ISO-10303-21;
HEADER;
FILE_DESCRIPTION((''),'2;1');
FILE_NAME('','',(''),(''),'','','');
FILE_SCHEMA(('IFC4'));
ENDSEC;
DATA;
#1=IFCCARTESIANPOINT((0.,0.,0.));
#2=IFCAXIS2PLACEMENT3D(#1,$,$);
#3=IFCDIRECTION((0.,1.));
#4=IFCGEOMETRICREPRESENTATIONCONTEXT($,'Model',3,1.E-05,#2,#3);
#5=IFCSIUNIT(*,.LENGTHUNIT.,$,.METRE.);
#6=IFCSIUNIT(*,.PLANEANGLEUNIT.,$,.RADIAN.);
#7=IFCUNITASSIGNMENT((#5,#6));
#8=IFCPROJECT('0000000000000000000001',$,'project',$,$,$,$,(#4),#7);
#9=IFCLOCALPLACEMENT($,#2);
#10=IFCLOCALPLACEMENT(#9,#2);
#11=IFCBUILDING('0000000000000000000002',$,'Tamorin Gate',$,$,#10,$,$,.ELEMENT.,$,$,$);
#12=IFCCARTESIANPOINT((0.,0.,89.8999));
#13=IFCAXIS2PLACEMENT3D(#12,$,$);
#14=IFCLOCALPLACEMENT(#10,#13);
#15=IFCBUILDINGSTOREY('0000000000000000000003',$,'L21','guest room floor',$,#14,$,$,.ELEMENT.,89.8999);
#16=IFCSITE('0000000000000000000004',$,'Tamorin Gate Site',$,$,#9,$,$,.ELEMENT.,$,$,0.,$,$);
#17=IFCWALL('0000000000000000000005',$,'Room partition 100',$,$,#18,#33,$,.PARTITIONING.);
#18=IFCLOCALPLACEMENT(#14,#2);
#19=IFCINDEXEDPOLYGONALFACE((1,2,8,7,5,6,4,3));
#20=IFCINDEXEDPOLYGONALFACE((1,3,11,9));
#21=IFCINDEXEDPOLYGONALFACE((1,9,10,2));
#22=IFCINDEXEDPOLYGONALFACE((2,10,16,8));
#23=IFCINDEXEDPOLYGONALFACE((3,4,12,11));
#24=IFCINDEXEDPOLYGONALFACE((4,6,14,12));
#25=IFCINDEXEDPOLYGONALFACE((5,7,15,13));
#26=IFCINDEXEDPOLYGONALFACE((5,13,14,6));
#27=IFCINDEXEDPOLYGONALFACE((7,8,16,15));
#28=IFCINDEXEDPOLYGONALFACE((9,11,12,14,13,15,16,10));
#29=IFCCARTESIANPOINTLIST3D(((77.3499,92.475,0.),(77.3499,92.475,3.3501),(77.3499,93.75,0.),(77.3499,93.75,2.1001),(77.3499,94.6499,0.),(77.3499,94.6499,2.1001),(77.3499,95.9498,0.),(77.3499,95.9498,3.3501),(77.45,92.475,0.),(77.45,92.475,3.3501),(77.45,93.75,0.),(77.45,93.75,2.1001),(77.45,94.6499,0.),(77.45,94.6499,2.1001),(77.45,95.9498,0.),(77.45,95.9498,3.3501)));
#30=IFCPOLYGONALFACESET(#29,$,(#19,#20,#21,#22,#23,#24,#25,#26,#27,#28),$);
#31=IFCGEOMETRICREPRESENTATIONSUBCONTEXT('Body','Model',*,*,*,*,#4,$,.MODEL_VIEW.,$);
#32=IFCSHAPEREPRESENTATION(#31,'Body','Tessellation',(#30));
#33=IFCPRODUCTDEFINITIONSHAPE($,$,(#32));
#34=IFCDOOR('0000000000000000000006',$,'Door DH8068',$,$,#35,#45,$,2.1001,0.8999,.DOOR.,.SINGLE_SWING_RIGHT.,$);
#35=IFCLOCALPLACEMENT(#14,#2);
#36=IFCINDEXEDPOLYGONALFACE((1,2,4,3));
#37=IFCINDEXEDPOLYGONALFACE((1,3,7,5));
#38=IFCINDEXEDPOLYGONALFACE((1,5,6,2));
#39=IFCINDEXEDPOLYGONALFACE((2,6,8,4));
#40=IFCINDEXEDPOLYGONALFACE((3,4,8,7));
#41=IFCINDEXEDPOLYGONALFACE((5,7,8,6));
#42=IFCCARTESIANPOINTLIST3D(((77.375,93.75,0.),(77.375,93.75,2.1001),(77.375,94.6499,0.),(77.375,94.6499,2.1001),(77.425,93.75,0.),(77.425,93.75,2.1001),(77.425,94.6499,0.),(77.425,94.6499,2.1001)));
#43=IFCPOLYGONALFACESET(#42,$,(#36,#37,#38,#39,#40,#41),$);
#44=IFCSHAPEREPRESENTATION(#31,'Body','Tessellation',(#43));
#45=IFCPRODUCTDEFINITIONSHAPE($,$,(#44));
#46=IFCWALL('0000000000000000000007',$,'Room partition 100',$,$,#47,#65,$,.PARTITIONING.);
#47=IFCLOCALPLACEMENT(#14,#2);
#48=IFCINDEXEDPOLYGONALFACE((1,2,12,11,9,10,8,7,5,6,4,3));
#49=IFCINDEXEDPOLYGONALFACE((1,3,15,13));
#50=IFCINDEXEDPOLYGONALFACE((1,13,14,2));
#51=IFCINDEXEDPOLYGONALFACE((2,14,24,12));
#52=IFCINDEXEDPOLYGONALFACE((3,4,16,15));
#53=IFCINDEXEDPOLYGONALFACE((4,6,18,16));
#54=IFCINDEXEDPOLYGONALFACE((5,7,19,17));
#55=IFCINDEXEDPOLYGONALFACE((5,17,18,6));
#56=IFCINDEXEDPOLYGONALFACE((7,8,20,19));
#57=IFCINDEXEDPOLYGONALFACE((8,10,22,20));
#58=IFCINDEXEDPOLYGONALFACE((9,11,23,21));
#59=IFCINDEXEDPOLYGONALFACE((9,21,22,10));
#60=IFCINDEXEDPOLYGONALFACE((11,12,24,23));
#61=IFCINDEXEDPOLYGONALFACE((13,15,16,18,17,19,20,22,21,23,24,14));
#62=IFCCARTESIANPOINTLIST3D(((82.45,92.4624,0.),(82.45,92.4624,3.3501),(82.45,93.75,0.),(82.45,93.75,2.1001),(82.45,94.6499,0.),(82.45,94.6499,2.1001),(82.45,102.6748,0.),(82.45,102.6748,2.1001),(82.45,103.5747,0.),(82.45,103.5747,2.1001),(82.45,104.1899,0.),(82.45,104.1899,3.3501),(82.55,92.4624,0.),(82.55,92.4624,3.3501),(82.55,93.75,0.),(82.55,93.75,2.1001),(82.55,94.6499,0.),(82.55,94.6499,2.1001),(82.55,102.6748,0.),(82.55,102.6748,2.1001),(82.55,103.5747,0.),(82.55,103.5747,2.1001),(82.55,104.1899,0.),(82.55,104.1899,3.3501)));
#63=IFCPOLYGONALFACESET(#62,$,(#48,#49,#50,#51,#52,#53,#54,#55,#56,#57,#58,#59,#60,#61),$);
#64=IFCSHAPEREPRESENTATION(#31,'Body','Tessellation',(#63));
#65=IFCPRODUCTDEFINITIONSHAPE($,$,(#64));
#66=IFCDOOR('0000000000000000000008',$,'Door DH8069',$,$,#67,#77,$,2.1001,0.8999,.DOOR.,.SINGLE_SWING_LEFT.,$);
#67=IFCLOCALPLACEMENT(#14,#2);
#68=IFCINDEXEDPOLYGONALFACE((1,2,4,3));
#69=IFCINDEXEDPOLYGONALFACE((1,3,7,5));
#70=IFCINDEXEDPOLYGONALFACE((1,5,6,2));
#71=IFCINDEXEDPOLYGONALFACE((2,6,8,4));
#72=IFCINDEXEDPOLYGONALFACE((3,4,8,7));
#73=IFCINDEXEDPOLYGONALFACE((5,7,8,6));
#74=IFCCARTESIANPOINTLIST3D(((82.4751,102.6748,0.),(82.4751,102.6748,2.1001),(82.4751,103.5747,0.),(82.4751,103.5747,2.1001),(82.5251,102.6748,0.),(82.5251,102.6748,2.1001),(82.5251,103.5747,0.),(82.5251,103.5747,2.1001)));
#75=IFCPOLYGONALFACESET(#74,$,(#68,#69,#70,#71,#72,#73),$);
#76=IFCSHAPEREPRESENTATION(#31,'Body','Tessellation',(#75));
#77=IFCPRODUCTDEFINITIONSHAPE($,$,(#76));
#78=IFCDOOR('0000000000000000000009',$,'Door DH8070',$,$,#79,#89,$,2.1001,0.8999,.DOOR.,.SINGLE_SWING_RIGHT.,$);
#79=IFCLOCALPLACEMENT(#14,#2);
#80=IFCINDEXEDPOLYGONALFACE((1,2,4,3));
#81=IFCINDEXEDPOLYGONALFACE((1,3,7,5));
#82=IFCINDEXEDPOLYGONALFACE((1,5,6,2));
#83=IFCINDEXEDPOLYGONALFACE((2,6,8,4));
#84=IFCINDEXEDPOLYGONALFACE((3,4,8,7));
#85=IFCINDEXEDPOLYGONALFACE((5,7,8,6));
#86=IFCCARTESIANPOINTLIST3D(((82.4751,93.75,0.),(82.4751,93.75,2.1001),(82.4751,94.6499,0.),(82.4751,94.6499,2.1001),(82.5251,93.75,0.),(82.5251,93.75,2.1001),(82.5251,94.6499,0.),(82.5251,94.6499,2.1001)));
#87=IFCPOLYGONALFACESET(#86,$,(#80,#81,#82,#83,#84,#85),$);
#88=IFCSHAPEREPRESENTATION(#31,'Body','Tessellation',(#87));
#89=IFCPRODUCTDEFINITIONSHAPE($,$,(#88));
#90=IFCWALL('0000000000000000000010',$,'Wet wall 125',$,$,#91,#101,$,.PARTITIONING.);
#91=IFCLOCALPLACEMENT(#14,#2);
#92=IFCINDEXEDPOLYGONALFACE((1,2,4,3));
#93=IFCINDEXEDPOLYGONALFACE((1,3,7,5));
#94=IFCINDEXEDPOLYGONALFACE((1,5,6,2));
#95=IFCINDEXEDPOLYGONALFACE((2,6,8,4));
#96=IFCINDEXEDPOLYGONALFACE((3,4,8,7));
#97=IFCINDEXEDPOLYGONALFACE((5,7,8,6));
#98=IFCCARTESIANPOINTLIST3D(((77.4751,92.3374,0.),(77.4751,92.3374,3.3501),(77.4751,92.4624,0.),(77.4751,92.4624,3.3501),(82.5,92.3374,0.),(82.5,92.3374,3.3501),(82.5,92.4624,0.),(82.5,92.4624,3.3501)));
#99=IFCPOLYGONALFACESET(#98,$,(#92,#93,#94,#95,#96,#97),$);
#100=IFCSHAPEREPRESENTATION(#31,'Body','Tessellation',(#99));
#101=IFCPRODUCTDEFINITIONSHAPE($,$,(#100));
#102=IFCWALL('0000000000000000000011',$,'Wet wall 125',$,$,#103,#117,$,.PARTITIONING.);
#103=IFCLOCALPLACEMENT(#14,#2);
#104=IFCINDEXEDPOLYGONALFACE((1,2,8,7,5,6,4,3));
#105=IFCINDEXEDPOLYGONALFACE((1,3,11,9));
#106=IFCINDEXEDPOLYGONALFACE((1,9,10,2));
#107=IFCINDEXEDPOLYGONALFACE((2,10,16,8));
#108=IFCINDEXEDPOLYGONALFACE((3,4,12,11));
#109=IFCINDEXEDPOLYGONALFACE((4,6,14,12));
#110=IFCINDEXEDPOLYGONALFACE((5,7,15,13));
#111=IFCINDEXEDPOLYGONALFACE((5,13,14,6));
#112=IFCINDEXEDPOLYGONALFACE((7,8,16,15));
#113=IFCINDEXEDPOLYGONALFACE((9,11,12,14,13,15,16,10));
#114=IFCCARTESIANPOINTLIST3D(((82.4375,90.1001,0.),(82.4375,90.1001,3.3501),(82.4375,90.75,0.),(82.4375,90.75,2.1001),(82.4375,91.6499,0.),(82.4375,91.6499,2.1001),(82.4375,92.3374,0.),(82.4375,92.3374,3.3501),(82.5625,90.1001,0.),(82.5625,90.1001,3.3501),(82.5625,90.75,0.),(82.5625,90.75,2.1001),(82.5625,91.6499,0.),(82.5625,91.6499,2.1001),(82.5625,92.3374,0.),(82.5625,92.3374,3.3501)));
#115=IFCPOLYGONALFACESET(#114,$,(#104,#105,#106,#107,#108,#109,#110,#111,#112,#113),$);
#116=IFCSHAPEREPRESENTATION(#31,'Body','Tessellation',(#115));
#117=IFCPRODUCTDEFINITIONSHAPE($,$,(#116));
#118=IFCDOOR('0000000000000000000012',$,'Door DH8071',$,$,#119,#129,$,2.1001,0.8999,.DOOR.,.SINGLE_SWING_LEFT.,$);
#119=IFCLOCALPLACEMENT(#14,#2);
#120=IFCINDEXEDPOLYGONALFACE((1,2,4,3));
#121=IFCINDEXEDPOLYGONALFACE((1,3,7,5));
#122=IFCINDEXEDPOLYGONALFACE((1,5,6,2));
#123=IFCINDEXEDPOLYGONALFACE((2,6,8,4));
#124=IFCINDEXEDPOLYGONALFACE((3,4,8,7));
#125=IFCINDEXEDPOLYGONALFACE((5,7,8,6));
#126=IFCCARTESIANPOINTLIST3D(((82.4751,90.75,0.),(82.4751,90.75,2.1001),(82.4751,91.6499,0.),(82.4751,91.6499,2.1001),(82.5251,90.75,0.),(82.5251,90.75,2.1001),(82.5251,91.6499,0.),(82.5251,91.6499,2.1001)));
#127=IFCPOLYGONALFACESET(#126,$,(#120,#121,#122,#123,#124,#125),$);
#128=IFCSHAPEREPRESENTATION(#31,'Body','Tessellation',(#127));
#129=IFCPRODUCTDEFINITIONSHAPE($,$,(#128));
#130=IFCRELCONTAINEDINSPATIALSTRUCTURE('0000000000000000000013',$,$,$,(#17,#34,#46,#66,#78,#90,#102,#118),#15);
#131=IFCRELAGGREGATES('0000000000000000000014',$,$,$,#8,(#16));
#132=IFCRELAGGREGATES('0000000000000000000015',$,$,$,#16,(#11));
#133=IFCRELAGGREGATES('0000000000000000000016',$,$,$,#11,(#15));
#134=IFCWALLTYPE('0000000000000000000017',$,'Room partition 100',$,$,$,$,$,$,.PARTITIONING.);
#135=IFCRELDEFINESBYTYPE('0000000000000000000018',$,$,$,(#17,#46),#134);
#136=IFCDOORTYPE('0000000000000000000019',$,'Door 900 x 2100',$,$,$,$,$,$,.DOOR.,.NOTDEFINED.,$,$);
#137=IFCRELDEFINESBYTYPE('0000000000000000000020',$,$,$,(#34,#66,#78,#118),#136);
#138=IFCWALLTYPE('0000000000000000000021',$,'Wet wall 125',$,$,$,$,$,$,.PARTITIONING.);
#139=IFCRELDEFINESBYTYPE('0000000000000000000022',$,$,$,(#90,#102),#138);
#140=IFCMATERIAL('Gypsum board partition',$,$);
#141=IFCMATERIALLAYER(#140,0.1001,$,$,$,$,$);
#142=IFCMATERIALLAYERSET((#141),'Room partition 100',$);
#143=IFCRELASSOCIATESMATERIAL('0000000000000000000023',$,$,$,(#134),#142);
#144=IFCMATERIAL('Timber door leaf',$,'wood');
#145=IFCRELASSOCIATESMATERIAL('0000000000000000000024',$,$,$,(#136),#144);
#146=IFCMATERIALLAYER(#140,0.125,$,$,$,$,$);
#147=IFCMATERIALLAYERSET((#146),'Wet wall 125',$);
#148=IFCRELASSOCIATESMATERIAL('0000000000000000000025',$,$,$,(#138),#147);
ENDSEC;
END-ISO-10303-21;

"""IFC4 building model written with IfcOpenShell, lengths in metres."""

from ifc_helpers import new_model, si_unit, direction, frame, frame_2d, origin, place, context, subcontext, project, spatial, rectangle, extrude, material, layer, layer_set, type_object, element, fill, save


model = new_model("IFC4")

# Units and contexts
model_context = context("Model", 3, precision=1e-05, world=origin(), true_north=direction((0.0, 1.0)))
body_context = subcontext(model_context, "Body", "Model", "MODEL_VIEW")
ifc_project = project(units=[si_unit("LENGTHUNIT", "METRE"), si_unit("PLANEANGLEUNIT", "RADIAN")], contexts=[model_context])

# Site, building, storey
site_placement = place(None, origin())
site = spatial("IfcSite", under=ifc_project, at=site_placement, Name="Tamorin Gate Site", CompositionType="ELEMENT", RefElevation=0.0)
building_placement = place(site_placement, origin())
building = spatial("IfcBuilding", under=site, at=building_placement, Name="Tamorin Gate", CompositionType="ELEMENT")
storey_placement = place(building_placement, frame((0.0, 0.0, 89.8999)))
storey = spatial("IfcBuildingStorey", under=building, at=storey_placement, Name="L21", Description="guest room floor", CompositionType="ELEMENT", Elevation=89.8999)

# Shared definitions
ifc_material_1 = material(Name="Gypsum board partition")

# Wall, opening, door
ifc_layer_1 = layer(ifc_material_1, 0.1001)
ifc_layer_set_1 = layer_set([ifc_layer_1], Name="Room partition 100")
wall_type_1 = type_object("IfcWallType", Name="Room partition 100", PredefinedType="PARTITIONING", material=ifc_layer_set_1)
ifc_material_2 = material(Name="Timber door leaf", Category="wood")
door_type = type_object("IfcDoorType", Name="Door 900 x 2100", OperationType="NOTDEFINED", PredefinedType="DOOR", material=ifc_material_2)
wall_1_placement = place(storey_placement, frame((77.3999, 92.4751, 0.0), z_axis=(0.0, 0.0, 1.0), x_axis=(0.0, 1.0, 0.0)))
wall_1 = element("IfcWall", 1, at=wall_1_placement, inside=storey, type_object=wall_type_1, Name="Room partition 100", PredefinedType="PARTITIONING", context=body_context, shape_type="SweptSolid", body=[
    extrude(rectangle(XDim=3.4749, YDim=0.1001, at=frame_2d((1.7373, 0.0))), origin(), (0.0, 0.0, 1.0), 3.3501),
])
opening_1_placement = place(wall_1_placement, frame((1.2749, 0.0, 0.0)))
opening_1 = element("IfcOpeningElement", 2, at=opening_1_placement, cuts=wall_1, PredefinedType="OPENING", context=body_context, shape_type="SweptSolid", body=[
    extrude(rectangle(XDim=0.8999, YDim=2.1001, at=frame_2d((0.45, 1.05))), frame((0.0, 0.0601, 0.0), z_axis=(0.0, -1.0, 0.0), x_axis=(1.0, 0.0, 0.0)), (0.0, 0.0, 1.0), 0.1201),
])
door_1_placement = place(opening_1_placement, origin())
door_1 = element("IfcDoor", 3, at=door_1_placement, inside=storey, type_object=door_type, Name="Door DH8068", OperationType="SINGLE_SWING_RIGHT", OverallHeight=2.1001, OverallWidth=0.8999, PredefinedType="DOOR", context=body_context, shape_type="SweptSolid", body=[
    extrude(rectangle(XDim=0.8999, YDim=2.1001, at=frame_2d((0.45, 1.05))), frame((0.0, 0.0249, 0.0), z_axis=(0.0, -1.0, 0.0), x_axis=(1.0, 0.0, 0.0)), (0.0, 0.0, 1.0), 0.05),
])
fill(opening_1, door_1)

# Wall, openings, doors
wall_2_placement = place(storey_placement, frame((82.5, 92.4624, 0.0), z_axis=(0.0, 0.0, 1.0), x_axis=(0.0, 1.0, 0.0)))
wall_2 = element("IfcWall", 4, at=wall_2_placement, inside=storey, type_object=wall_type_1, Name="Room partition 100", PredefinedType="PARTITIONING", context=body_context, shape_type="SweptSolid", body=[
    extrude(rectangle(XDim=11.7275, YDim=0.1001, at=frame_2d((5.8638, 0.0))), origin(), (0.0, 0.0, 1.0), 3.3501),
])
opening_2_placement = place(wall_2_placement, frame((10.2124, 0.0, 0.0)))
opening_2 = element("IfcOpeningElement", 5, at=opening_2_placement, cuts=wall_2, PredefinedType="OPENING", context=body_context, shape_type="SweptSolid", body=[
    extrude(rectangle(XDim=0.8999, YDim=2.1001, at=frame_2d((0.45, 1.05))), frame((0.0, 0.0601, 0.0), z_axis=(0.0, -1.0, 0.0), x_axis=(1.0, 0.0, 0.0)), (0.0, 0.0, 1.0), 0.1201),
])
opening_3_placement = place(wall_2_placement, frame((1.2876, 0.0, 0.0)))
opening_3 = element("IfcOpeningElement", 6, at=opening_3_placement, cuts=wall_2, PredefinedType="OPENING", context=body_context, shape_type="SweptSolid", body=[
    extrude(rectangle(XDim=0.8999, YDim=2.1001, at=frame_2d((0.45, 1.05))), frame((0.0, 0.0601, 0.0), z_axis=(0.0, -1.0, 0.0), x_axis=(1.0, 0.0, 0.0)), (0.0, 0.0, 1.0), 0.1201),
])
door_2_placement = place(opening_2_placement, origin())
door_2 = element("IfcDoor", 7, at=door_2_placement, inside=storey, type_object=door_type, Name="Door DH8069", OperationType="SINGLE_SWING_LEFT", OverallHeight=2.1001, OverallWidth=0.8999, PredefinedType="DOOR", context=body_context, shape_type="SweptSolid", body=[
    extrude(rectangle(XDim=0.8999, YDim=2.1001, at=frame_2d((0.45, 1.05))), frame((0.0, 0.0249, 0.0), z_axis=(0.0, -1.0, 0.0), x_axis=(1.0, 0.0, 0.0)), (0.0, 0.0, 1.0), 0.05),
])
fill(opening_2, door_2)
door_3_placement = place(opening_3_placement, origin())
door_3 = element("IfcDoor", 8, at=door_3_placement, inside=storey, type_object=door_type, Name="Door DH8070", OperationType="SINGLE_SWING_RIGHT", OverallHeight=2.1001, OverallWidth=0.8999, PredefinedType="DOOR", context=body_context, shape_type="SweptSolid", body=[
    extrude(rectangle(XDim=0.8999, YDim=2.1001, at=frame_2d((0.45, 1.05))), frame((0.0, 0.0249, 0.0), z_axis=(0.0, -1.0, 0.0), x_axis=(1.0, 0.0, 0.0)), (0.0, 0.0, 1.0), 0.05),
])
fill(opening_3, door_3)

# Wall
ifc_layer_2 = layer(ifc_material_1, 0.125)
ifc_layer_set_2 = layer_set([ifc_layer_2], Name="Wet wall 125")
wall_type_2 = type_object("IfcWallType", Name="Wet wall 125", PredefinedType="PARTITIONING", material=ifc_layer_set_2)
wall_3_placement = place(storey_placement, frame((77.4751, 92.3999, 0.0), z_axis=(0.0, 0.0, 1.0), x_axis=(1.0, 0.0, 0.0)))
element("IfcWall", 9, at=wall_3_placement, inside=storey, type_object=wall_type_2, Name="Wet wall 125", PredefinedType="PARTITIONING", context=body_context, shape_type="SweptSolid", body=[
    extrude(rectangle(XDim=5.0249, YDim=0.125, at=frame_2d((2.5125, 0.0))), origin(), (0.0, 0.0, 1.0), 3.3501),
])

# Wall, opening, door
wall_4_placement = place(storey_placement, frame((82.5, 90.1001, 0.0), z_axis=(0.0, 0.0, 1.0), x_axis=(0.0, 1.0, 0.0)))
wall_4 = element("IfcWall", 10, at=wall_4_placement, inside=storey, type_object=wall_type_2, Name="Wet wall 125", PredefinedType="PARTITIONING", context=body_context, shape_type="SweptSolid", body=[
    extrude(rectangle(XDim=2.2373, YDim=0.125, at=frame_2d((1.1187, 0.0))), origin(), (0.0, 0.0, 1.0), 3.3501),
])
opening_4_placement = place(wall_4_placement, frame((0.6499, 0.0, 0.0)))
opening_4 = element("IfcOpeningElement", 11, at=opening_4_placement, cuts=wall_4, PredefinedType="OPENING", context=body_context, shape_type="SweptSolid", body=[
    extrude(rectangle(XDim=0.8999, YDim=2.1001, at=frame_2d((0.45, 1.05))), frame((0.0, 0.0725, 0.0), z_axis=(0.0, -1.0, 0.0), x_axis=(1.0, 0.0, 0.0)), (0.0, 0.0, 1.0), 0.145),
])
door_4_placement = place(opening_4_placement, origin())
door_4 = element("IfcDoor", 12, at=door_4_placement, inside=storey, type_object=door_type, Name="Door DH8071", OperationType="SINGLE_SWING_LEFT", OverallHeight=2.1001, OverallWidth=0.8999, PredefinedType="DOOR", context=body_context, shape_type="SweptSolid", body=[
    extrude(rectangle(XDim=0.8999, YDim=2.1001, at=frame_2d((0.45, 1.05))), frame((0.0, 0.0249, 0.0), z_axis=(0.0, -1.0, 0.0), x_axis=(1.0, 0.0, 0.0)), (0.0, 0.0, 1.0), 0.05),
])
fill(opening_4, door_4)

save(model, "model.ifc")
